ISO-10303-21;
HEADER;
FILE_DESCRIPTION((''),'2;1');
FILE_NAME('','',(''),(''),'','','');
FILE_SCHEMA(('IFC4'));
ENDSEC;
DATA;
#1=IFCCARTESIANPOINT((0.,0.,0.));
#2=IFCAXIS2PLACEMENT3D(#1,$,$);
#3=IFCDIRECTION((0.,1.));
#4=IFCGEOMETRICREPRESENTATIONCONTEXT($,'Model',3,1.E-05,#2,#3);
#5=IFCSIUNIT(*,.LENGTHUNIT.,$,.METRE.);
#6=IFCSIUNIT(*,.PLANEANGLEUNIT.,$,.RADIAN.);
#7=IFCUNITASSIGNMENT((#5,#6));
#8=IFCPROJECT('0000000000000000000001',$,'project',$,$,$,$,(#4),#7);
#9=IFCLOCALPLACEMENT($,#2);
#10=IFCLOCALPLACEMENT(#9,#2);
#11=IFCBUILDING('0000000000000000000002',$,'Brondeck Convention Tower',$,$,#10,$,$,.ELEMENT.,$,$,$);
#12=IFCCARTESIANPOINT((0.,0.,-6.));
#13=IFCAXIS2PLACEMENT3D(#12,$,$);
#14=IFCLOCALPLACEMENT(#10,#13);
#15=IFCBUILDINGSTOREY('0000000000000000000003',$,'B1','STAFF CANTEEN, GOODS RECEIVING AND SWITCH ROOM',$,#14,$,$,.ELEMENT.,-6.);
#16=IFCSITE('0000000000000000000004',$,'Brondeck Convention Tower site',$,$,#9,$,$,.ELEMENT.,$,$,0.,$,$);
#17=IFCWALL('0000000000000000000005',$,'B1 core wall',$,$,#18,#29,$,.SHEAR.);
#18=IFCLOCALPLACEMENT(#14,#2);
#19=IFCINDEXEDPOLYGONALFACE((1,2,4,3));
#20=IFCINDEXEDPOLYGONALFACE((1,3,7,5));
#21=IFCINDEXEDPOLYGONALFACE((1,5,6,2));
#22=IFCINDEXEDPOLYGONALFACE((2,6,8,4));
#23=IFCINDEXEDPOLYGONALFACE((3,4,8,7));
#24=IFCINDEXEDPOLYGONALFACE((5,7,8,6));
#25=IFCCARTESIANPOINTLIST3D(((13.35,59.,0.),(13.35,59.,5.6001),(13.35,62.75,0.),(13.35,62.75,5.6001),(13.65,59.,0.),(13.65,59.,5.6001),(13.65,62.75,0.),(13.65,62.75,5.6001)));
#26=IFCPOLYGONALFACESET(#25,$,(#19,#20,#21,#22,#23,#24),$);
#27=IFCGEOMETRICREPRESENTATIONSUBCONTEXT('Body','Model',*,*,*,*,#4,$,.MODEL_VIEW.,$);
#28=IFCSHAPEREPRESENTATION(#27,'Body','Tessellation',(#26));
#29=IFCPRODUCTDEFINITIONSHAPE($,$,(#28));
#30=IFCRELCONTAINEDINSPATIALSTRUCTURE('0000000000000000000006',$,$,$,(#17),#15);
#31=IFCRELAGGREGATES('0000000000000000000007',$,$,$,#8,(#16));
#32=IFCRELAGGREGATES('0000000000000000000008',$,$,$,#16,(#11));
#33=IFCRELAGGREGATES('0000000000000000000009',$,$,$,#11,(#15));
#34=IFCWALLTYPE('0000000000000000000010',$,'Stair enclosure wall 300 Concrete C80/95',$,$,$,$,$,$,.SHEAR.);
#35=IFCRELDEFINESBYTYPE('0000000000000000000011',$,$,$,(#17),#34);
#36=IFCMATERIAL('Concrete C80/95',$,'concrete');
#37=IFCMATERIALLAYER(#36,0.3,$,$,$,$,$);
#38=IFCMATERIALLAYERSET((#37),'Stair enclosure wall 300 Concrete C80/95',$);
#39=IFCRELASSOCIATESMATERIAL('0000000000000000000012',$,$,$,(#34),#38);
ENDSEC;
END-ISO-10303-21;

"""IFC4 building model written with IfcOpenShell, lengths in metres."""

from ifc_helpers import new_model, si_unit, direction, frame, frame_2d, origin, place, context, subcontext, project, spatial, rectangle, extrude, material, layer, layer_set, type_object, element, save


model = new_model("IFC4")

# Units and contexts
model_context = context("Model", 3, precision=1e-05, world=origin(), true_north=direction((0.0, 1.0)))
body_context = subcontext(model_context, "Body", "Model", "MODEL_VIEW")
ifc_project = project(units=[si_unit("LENGTHUNIT", "METRE"), si_unit("PLANEANGLEUNIT", "RADIAN")], contexts=[model_context])

# Site, building, storey
site_placement = place(None, origin())
site = spatial("IfcSite", under=ifc_project, at=site_placement, Name="Brondeck Convention Tower site", CompositionType="ELEMENT", RefElevation=0.0)
building_placement = place(site_placement, origin())
building = spatial("IfcBuilding", under=site, at=building_placement, Name="Brondeck Convention Tower", CompositionType="ELEMENT")
storey_placement = place(building_placement, frame((0.0, 0.0, -6.0)))
storey = spatial("IfcBuildingStorey", under=building, at=storey_placement, Name="B1", Description="STAFF CANTEEN, GOODS RECEIVING AND SWITCH ROOM", CompositionType="ELEMENT", Elevation=-6.0)

# Shared definitions
ifc_material_1 = material(Name="Concrete C80/95", Category="concrete")

# Wall
ifc_layer_1 = layer(ifc_material_1, 0.3)
ifc_layer_set_1 = layer_set([ifc_layer_1], Name="Stair enclosure wall 300 Concrete C80/95")
wall_type_1 = type_object("IfcWallType", Name="Stair enclosure wall 300 Concrete C80/95", PredefinedType="SHEAR", material=ifc_layer_set_1)
wall_1_placement = place(storey_placement, frame((13.5, 59.0, 0.0), z_axis=(0.0, 0.0, 1.0), x_axis=(0.0, 1.0, 0.0)))
element("IfcWall", 1, at=wall_1_placement, inside=storey, type_object=wall_type_1, Name="B1 core wall", PredefinedType="SHEAR", context=body_context, shape_type="SweptSolid", body=[
    extrude(rectangle(XDim=3.75, YDim=0.3, at=frame_2d((1.875, 0.0))), origin(), (0.0, 0.0, 1.0), 5.6001),
])

save(model, "model.ifc")
